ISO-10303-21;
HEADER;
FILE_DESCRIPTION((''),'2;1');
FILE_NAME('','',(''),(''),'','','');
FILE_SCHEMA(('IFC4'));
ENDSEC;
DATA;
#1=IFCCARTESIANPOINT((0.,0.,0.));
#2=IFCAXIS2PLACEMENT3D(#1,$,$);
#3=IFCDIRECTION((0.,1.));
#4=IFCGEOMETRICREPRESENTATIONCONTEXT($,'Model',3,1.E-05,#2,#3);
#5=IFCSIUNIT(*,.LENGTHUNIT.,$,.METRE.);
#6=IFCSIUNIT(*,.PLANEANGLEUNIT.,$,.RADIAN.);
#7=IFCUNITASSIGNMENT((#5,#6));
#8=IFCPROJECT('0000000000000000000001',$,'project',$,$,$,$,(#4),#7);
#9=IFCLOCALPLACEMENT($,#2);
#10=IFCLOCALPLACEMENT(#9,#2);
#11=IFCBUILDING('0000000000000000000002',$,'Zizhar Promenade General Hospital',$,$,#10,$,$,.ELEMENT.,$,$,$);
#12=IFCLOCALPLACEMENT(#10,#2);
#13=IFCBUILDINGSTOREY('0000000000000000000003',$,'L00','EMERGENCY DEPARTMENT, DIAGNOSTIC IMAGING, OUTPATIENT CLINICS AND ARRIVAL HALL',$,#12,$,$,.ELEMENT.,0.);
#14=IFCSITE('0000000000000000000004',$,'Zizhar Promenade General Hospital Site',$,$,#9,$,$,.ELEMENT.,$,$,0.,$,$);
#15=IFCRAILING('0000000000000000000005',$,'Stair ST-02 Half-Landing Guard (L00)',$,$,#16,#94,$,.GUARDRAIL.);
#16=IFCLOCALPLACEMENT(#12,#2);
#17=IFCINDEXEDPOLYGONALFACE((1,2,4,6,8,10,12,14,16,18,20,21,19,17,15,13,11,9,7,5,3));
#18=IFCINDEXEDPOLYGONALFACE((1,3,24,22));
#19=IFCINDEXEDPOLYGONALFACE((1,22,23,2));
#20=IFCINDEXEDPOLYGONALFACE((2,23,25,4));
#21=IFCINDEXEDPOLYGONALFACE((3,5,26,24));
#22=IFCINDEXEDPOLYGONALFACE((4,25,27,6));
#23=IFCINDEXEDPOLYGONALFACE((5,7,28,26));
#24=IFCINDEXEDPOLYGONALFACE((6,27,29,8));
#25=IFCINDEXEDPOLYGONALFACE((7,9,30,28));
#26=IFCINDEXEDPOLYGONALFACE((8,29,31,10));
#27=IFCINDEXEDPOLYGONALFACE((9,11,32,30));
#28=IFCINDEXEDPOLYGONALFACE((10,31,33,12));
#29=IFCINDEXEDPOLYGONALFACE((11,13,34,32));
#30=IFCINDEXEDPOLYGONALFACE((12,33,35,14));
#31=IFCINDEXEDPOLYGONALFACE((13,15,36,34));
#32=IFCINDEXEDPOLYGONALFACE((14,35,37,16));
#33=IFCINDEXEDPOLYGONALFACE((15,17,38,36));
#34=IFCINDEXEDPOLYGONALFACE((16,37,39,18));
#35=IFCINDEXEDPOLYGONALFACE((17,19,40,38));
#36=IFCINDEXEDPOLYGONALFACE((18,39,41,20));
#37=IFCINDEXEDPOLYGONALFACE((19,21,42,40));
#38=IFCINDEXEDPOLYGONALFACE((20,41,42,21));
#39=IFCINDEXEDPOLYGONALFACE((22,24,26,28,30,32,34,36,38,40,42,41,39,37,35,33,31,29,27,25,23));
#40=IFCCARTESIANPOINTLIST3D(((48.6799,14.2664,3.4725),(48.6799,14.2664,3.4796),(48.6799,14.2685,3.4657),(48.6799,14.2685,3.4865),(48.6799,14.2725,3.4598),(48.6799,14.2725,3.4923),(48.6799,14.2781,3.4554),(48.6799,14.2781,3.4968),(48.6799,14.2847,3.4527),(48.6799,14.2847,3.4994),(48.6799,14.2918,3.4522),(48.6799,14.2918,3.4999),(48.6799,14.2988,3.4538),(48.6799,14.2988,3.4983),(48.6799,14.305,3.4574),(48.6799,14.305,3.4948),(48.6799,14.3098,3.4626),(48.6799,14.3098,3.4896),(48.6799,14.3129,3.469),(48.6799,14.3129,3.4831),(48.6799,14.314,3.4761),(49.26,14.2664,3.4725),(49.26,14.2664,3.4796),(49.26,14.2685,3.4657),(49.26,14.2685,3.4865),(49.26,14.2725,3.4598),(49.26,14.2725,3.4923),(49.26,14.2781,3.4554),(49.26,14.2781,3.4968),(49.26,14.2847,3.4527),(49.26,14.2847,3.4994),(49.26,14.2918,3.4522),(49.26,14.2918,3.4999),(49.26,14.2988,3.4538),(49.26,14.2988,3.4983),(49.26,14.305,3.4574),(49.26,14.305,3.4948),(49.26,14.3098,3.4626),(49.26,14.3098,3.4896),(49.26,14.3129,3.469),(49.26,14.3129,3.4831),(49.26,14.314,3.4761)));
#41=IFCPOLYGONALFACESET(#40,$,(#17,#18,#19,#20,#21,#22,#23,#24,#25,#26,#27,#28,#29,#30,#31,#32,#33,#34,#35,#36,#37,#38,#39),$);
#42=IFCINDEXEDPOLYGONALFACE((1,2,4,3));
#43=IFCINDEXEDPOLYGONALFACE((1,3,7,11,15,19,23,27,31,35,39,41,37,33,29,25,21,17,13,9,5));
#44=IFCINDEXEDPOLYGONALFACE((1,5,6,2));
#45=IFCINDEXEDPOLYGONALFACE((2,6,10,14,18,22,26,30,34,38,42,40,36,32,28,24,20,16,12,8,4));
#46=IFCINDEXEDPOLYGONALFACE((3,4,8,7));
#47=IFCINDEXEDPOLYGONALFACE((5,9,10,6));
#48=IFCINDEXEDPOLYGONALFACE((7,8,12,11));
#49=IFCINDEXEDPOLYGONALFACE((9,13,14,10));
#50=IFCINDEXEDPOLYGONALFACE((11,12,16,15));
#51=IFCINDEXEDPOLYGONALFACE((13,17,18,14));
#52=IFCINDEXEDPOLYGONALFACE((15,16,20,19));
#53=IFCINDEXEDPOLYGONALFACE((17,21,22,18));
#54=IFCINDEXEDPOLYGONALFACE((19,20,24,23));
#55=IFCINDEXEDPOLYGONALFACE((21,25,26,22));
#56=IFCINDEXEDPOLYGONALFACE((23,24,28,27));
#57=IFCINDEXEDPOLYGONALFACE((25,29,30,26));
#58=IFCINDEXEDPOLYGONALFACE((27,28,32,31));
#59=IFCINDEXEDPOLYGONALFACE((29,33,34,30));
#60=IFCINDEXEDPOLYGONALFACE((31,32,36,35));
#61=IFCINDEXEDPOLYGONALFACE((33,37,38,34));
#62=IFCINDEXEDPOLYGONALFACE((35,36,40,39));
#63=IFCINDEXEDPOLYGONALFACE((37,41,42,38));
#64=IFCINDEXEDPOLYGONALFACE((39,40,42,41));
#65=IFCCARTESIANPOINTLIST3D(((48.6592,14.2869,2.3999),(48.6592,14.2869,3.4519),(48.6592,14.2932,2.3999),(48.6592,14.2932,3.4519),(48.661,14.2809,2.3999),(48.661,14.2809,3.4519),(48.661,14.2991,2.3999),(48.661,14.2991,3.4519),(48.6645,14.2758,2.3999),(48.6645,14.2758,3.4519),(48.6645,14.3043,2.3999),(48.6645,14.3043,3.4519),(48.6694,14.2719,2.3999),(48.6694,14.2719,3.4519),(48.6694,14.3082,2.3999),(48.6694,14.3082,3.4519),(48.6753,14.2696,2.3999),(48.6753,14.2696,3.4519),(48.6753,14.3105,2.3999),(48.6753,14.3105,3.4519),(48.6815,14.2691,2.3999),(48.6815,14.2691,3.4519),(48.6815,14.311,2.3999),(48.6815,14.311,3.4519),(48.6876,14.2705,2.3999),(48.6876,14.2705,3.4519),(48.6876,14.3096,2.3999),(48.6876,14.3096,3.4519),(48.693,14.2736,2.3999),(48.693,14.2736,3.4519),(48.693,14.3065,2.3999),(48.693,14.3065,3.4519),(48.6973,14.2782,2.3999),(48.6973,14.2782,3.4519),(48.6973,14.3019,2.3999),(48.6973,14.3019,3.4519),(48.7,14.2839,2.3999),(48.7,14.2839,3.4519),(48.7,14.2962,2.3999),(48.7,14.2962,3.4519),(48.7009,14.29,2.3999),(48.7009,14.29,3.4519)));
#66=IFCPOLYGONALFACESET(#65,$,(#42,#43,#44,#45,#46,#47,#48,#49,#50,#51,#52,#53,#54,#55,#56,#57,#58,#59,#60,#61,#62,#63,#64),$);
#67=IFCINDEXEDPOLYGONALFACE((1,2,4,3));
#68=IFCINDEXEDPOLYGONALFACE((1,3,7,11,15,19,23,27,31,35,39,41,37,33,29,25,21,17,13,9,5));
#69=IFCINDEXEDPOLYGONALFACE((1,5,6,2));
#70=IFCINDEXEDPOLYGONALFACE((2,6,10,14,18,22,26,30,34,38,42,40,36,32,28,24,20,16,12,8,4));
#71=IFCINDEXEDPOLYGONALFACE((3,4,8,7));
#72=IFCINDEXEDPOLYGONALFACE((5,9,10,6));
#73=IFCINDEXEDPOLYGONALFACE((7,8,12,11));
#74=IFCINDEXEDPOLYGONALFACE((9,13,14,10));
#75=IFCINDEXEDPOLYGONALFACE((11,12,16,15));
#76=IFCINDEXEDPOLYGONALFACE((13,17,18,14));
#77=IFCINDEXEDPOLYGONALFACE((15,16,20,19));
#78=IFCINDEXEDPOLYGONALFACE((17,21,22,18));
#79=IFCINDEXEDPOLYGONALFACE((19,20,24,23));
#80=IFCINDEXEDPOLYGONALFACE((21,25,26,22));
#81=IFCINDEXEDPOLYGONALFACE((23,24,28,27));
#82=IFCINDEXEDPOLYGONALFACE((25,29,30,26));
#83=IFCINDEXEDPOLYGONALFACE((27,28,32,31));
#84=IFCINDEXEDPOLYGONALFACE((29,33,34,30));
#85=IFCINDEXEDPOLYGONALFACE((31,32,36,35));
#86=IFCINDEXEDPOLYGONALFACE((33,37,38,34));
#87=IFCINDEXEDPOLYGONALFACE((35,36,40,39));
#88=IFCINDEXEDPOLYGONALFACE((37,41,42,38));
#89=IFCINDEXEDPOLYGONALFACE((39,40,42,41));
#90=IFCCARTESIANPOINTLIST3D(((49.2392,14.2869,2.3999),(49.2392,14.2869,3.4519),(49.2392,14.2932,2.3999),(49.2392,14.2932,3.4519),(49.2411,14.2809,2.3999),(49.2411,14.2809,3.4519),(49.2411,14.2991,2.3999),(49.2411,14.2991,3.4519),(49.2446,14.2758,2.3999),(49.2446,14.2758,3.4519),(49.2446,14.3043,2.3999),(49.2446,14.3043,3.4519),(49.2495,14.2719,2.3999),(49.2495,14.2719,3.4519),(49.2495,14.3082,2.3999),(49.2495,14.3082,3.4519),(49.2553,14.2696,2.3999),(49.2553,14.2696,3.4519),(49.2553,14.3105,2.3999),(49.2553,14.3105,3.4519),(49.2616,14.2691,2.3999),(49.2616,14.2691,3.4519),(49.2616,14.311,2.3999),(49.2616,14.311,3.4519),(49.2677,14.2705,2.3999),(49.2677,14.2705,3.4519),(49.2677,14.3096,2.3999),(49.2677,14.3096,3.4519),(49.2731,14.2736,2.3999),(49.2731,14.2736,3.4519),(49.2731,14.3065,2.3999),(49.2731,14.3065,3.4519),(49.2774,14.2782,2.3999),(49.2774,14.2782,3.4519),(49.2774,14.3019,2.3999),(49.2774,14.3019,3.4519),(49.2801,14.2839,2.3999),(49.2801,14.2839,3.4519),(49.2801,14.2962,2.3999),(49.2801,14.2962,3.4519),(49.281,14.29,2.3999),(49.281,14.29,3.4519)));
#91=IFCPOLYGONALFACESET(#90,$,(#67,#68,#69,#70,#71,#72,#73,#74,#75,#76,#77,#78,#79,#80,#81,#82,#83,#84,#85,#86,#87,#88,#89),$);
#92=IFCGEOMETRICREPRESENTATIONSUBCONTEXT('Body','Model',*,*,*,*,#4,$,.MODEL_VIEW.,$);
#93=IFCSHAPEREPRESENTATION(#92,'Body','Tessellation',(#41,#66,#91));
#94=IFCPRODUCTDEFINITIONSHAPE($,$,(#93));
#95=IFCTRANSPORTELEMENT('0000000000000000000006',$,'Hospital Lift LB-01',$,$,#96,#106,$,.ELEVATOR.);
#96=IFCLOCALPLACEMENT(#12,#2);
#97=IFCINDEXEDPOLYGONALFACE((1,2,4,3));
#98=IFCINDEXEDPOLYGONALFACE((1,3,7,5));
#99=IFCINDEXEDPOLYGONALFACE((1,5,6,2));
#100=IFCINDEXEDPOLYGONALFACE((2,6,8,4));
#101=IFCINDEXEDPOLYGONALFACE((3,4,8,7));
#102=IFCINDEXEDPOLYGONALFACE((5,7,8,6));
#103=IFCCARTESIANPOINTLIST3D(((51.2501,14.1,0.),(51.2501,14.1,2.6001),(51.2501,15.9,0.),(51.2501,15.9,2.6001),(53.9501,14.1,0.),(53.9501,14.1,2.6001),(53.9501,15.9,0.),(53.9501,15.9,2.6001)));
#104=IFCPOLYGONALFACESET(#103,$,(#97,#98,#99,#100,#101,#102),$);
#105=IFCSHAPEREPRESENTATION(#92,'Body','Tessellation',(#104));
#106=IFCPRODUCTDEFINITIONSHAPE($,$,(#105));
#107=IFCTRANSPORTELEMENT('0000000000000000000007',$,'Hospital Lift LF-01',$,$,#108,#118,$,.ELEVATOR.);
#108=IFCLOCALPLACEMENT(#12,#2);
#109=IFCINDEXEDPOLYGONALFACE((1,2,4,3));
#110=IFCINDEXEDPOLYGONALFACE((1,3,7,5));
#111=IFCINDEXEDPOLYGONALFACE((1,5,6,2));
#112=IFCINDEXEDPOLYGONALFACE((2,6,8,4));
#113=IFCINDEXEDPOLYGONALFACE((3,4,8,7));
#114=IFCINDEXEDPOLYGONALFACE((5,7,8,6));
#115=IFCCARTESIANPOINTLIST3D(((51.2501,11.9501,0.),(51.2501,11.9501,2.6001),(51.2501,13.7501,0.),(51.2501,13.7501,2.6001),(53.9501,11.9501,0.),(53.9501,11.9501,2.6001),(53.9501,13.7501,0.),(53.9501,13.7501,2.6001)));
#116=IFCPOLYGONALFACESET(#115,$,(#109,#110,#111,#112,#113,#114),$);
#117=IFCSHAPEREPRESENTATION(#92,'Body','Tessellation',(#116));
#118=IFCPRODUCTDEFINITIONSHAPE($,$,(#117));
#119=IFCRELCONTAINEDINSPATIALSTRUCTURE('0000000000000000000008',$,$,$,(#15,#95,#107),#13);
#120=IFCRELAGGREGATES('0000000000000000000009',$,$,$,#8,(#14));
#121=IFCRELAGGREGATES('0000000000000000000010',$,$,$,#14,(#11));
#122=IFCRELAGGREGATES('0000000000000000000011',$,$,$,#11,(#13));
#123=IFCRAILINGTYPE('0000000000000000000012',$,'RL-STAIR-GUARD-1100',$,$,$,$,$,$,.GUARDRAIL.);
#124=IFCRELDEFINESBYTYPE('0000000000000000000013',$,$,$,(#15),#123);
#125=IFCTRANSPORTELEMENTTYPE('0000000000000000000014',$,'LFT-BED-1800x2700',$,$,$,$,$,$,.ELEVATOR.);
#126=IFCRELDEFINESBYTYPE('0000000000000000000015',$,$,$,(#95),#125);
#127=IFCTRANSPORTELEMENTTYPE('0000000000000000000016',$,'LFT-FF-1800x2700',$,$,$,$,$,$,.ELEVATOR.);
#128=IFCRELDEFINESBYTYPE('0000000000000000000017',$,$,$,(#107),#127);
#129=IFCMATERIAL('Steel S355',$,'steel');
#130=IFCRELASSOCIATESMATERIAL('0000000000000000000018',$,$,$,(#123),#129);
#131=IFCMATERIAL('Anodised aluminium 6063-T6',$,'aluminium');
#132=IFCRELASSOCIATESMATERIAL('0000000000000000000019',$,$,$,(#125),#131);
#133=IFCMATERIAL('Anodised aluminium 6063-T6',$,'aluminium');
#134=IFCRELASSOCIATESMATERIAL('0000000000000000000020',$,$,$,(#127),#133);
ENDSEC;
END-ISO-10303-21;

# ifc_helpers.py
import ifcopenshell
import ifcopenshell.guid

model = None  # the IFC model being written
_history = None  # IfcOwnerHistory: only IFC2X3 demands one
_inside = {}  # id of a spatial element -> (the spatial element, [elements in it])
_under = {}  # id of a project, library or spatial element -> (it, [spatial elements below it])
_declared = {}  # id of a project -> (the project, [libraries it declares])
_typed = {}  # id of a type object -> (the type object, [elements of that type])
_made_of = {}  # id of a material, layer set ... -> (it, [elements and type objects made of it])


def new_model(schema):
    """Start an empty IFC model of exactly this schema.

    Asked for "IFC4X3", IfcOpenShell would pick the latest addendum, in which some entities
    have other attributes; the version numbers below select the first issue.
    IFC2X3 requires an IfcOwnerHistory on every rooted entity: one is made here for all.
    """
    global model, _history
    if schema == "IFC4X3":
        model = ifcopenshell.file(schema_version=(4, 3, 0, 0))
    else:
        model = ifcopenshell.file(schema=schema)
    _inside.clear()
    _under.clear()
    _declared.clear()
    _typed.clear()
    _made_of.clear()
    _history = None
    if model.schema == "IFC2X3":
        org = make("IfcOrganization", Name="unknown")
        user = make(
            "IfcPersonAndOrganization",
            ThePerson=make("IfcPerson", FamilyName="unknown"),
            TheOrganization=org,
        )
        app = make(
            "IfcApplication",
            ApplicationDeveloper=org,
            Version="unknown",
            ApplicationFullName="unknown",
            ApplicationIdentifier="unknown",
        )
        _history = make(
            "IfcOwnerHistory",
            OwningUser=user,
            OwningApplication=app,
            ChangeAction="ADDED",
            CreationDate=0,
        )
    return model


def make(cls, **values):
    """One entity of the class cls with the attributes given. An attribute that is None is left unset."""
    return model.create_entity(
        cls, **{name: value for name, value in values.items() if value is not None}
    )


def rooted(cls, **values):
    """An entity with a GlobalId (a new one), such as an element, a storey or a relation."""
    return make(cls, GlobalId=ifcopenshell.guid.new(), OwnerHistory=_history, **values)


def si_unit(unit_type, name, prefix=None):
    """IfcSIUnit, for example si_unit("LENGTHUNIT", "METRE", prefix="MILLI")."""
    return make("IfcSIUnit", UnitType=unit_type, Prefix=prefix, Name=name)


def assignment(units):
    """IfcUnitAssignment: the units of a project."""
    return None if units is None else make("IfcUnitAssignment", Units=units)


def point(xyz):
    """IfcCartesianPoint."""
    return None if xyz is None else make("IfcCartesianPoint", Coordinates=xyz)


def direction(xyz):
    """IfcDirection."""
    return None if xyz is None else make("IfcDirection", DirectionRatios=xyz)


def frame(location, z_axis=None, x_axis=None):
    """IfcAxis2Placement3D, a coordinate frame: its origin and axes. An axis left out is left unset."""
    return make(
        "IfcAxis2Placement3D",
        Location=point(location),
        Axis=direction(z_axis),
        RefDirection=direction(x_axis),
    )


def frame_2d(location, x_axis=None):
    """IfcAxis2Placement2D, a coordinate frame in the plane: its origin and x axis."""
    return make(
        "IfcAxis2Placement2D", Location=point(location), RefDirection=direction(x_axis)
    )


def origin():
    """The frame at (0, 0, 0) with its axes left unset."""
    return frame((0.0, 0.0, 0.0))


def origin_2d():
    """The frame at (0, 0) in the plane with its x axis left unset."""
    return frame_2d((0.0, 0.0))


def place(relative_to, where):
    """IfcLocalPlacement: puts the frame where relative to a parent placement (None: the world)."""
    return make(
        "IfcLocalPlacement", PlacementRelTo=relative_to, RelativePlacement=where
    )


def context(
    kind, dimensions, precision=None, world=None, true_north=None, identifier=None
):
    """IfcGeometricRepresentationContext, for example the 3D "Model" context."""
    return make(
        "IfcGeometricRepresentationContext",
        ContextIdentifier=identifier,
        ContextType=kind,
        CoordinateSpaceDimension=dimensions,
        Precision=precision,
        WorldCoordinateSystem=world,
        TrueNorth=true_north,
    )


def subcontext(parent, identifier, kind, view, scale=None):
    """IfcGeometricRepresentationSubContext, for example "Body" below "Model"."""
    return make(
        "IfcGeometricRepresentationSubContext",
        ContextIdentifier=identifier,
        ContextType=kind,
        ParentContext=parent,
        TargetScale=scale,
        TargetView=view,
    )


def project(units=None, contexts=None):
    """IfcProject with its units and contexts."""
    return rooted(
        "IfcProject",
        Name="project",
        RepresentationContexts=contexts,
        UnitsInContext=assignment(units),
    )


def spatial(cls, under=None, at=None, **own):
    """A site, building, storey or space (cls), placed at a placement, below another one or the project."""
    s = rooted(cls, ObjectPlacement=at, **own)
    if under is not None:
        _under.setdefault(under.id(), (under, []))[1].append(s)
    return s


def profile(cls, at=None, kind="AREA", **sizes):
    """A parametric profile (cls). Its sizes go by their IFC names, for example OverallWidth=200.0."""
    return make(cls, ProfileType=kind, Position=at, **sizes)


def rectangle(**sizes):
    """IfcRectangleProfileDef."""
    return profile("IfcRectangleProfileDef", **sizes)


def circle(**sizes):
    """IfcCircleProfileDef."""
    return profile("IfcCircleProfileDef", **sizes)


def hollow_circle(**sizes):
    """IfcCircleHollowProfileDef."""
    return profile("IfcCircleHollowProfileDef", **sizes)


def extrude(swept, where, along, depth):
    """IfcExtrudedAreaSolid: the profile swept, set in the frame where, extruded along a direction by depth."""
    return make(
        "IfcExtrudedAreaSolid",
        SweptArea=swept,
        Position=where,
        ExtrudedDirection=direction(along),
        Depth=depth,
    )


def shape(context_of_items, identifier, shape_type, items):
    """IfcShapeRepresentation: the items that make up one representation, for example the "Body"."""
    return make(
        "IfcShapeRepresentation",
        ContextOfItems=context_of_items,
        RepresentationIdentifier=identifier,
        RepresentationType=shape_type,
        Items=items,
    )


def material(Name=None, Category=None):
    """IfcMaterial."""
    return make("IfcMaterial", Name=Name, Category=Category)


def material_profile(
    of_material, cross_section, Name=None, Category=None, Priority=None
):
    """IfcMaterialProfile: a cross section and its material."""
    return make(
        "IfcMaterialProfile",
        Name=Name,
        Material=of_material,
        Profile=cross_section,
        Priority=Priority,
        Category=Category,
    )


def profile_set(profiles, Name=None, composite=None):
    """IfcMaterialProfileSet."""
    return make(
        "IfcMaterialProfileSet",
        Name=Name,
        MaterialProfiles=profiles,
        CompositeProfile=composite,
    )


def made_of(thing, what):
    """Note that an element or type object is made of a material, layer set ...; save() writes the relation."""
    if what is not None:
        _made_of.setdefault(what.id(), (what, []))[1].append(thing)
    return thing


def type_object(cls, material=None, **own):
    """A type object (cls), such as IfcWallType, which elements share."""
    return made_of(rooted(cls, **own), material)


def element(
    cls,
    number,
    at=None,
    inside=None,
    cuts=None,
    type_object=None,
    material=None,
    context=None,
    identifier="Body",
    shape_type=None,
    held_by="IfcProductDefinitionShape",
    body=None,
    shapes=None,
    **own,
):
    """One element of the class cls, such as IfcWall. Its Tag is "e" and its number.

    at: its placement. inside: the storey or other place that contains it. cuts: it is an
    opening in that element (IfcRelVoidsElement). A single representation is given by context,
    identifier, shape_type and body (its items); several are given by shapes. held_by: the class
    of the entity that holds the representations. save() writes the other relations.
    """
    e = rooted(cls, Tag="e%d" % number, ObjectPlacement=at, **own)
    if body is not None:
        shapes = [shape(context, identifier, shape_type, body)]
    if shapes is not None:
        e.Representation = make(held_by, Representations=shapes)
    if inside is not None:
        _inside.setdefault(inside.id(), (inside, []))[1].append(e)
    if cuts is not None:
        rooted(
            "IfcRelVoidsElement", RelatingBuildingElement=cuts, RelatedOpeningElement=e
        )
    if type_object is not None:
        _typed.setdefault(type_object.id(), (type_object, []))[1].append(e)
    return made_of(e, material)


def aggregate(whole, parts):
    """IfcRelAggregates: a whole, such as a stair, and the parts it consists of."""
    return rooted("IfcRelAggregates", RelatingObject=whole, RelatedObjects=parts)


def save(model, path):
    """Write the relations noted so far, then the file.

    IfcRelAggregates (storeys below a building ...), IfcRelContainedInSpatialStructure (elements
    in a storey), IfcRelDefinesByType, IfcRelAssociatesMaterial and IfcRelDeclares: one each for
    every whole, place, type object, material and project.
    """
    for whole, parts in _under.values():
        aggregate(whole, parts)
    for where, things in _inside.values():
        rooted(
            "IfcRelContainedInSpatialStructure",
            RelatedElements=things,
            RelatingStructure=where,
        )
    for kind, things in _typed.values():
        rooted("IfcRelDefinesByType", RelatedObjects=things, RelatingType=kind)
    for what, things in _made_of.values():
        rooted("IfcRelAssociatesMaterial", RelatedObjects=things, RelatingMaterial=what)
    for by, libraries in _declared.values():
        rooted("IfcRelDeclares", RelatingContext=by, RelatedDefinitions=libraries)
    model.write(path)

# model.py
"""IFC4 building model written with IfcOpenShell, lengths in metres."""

from ifc_helpers import new_model, si_unit, direction, frame, origin, origin_2d, place, context, subcontext, project, spatial, rectangle, circle, hollow_circle, extrude, material, material_profile, profile_set, type_object, element, save


model = new_model("IFC4")

# Units and contexts
model_context = context("Model", 3, precision=1e-05, world=origin(), true_north=direction((0.0, 1.0)))
body_context = subcontext(model_context, "Body", "Model", "MODEL_VIEW")
ifc_project = project(units=[si_unit("LENGTHUNIT", "METRE"), si_unit("PLANEANGLEUNIT", "RADIAN")], contexts=[model_context])

# Site, building, storey
site_placement = place(None, origin())
site = spatial("IfcSite", under=ifc_project, at=site_placement, Name="Zizhar Promenade General Hospital Site", CompositionType="ELEMENT", RefElevation=0.0)
building_placement = place(site_placement, origin())
building = spatial("IfcBuilding", under=site, at=building_placement, Name="Zizhar Promenade General Hospital", CompositionType="ELEMENT")
storey_placement = place(building_placement, origin())
storey = spatial("IfcBuildingStorey", under=building, at=storey_placement, Name="L00", Description="EMERGENCY DEPARTMENT, DIAGNOSTIC IMAGING, OUTPATIENT CLINICS AND ARRIVAL HALL", CompositionType="ELEMENT", Elevation=0.0)

# Railing
ifc_material_1 = material(Name="Steel S355", Category="steel")
ifc_material_profile_1 = material_profile(ifc_material_1, hollow_circle(Radius=0.0698, WallThickness=0.0063, at=origin_2d()))
ifc_profile_set_1 = profile_set([ifc_material_profile_1], Name="Steel S355")
railing_type_1 = type_object("IfcRailingType", Name="RL-STAIR-GUARD-1100", PredefinedType="GUARDRAIL", material=ifc_profile_set_1)
railing_1_placement = place(storey_placement, frame((48.6799, 14.29, 2.3999)))
element("IfcRailing", 1, at=railing_1_placement, inside=storey, type_object=railing_type_1, Name="Stair ST-02 Half-Landing Guard (L00)", PredefinedType="GUARDRAIL", context=body_context, shape_type="SweptSolid", body=[
    extrude(circle(Radius=0.0239, at=origin_2d()), frame((0.0, 0.0, 1.0762), z_axis=(1.0, 0.0, 0.0), x_axis=(0.0, 1.0, 0.0)), (0.0, 0.0, 1.0), 0.5801),
    extrude(circle(Radius=0.021, at=origin_2d()), origin(), (0.0, 0.0, 1.0), 1.052),
    extrude(circle(Radius=0.021, at=origin_2d()), frame((0.5801, 0.0, 0.0)), (0.0, 0.0, 1.0), 1.052),
])

# Transport elements
ifc_material_2 = material(Name="Anodised aluminium 6063-T6", Category="aluminium")
transport_element_type_1 = type_object("IfcTransportElementType", Name="LFT-BED-1800x2700", PredefinedType="ELEVATOR", material=ifc_material_2)
transport_element_1_placement = place(storey_placement, frame((52.6001, 15.0, 0.0), z_axis=(0.0, 0.0, 1.0), x_axis=(1.0, 0.0, 0.0)))
element("IfcTransportElement", 2, at=transport_element_1_placement, inside=storey, type_object=transport_element_type_1, Name="Hospital Lift LB-01", PredefinedType="ELEVATOR", context=body_context, shape_type="SweptSolid", body=[
    extrude(rectangle(XDim=2.7, YDim=1.8, at=origin_2d()), origin(), (0.0, 0.0, 1.0), 2.6001),
])
ifc_material_3 = material(Name="Anodised aluminium 6063-T6", Category="aluminium")
transport_element_type_2 = type_object("IfcTransportElementType", Name="LFT-FF-1800x2700", PredefinedType="ELEVATOR", material=ifc_material_3)
transport_element_2_placement = place(storey_placement, frame((52.6001, 12.8501, 0.0), z_axis=(0.0, 0.0, 1.0), x_axis=(1.0, 0.0, 0.0)))
element("IfcTransportElement", 3, at=transport_element_2_placement, inside=storey, type_object=transport_element_type_2, Name="Hospital Lift LF-01", PredefinedType="ELEVATOR", context=body_context, shape_type="SweptSolid", body=[
    extrude(rectangle(XDim=2.7, YDim=1.8, at=origin_2d()), origin(), (0.0, 0.0, 1.0), 2.6001),
])

save(model, "model.ifc")
